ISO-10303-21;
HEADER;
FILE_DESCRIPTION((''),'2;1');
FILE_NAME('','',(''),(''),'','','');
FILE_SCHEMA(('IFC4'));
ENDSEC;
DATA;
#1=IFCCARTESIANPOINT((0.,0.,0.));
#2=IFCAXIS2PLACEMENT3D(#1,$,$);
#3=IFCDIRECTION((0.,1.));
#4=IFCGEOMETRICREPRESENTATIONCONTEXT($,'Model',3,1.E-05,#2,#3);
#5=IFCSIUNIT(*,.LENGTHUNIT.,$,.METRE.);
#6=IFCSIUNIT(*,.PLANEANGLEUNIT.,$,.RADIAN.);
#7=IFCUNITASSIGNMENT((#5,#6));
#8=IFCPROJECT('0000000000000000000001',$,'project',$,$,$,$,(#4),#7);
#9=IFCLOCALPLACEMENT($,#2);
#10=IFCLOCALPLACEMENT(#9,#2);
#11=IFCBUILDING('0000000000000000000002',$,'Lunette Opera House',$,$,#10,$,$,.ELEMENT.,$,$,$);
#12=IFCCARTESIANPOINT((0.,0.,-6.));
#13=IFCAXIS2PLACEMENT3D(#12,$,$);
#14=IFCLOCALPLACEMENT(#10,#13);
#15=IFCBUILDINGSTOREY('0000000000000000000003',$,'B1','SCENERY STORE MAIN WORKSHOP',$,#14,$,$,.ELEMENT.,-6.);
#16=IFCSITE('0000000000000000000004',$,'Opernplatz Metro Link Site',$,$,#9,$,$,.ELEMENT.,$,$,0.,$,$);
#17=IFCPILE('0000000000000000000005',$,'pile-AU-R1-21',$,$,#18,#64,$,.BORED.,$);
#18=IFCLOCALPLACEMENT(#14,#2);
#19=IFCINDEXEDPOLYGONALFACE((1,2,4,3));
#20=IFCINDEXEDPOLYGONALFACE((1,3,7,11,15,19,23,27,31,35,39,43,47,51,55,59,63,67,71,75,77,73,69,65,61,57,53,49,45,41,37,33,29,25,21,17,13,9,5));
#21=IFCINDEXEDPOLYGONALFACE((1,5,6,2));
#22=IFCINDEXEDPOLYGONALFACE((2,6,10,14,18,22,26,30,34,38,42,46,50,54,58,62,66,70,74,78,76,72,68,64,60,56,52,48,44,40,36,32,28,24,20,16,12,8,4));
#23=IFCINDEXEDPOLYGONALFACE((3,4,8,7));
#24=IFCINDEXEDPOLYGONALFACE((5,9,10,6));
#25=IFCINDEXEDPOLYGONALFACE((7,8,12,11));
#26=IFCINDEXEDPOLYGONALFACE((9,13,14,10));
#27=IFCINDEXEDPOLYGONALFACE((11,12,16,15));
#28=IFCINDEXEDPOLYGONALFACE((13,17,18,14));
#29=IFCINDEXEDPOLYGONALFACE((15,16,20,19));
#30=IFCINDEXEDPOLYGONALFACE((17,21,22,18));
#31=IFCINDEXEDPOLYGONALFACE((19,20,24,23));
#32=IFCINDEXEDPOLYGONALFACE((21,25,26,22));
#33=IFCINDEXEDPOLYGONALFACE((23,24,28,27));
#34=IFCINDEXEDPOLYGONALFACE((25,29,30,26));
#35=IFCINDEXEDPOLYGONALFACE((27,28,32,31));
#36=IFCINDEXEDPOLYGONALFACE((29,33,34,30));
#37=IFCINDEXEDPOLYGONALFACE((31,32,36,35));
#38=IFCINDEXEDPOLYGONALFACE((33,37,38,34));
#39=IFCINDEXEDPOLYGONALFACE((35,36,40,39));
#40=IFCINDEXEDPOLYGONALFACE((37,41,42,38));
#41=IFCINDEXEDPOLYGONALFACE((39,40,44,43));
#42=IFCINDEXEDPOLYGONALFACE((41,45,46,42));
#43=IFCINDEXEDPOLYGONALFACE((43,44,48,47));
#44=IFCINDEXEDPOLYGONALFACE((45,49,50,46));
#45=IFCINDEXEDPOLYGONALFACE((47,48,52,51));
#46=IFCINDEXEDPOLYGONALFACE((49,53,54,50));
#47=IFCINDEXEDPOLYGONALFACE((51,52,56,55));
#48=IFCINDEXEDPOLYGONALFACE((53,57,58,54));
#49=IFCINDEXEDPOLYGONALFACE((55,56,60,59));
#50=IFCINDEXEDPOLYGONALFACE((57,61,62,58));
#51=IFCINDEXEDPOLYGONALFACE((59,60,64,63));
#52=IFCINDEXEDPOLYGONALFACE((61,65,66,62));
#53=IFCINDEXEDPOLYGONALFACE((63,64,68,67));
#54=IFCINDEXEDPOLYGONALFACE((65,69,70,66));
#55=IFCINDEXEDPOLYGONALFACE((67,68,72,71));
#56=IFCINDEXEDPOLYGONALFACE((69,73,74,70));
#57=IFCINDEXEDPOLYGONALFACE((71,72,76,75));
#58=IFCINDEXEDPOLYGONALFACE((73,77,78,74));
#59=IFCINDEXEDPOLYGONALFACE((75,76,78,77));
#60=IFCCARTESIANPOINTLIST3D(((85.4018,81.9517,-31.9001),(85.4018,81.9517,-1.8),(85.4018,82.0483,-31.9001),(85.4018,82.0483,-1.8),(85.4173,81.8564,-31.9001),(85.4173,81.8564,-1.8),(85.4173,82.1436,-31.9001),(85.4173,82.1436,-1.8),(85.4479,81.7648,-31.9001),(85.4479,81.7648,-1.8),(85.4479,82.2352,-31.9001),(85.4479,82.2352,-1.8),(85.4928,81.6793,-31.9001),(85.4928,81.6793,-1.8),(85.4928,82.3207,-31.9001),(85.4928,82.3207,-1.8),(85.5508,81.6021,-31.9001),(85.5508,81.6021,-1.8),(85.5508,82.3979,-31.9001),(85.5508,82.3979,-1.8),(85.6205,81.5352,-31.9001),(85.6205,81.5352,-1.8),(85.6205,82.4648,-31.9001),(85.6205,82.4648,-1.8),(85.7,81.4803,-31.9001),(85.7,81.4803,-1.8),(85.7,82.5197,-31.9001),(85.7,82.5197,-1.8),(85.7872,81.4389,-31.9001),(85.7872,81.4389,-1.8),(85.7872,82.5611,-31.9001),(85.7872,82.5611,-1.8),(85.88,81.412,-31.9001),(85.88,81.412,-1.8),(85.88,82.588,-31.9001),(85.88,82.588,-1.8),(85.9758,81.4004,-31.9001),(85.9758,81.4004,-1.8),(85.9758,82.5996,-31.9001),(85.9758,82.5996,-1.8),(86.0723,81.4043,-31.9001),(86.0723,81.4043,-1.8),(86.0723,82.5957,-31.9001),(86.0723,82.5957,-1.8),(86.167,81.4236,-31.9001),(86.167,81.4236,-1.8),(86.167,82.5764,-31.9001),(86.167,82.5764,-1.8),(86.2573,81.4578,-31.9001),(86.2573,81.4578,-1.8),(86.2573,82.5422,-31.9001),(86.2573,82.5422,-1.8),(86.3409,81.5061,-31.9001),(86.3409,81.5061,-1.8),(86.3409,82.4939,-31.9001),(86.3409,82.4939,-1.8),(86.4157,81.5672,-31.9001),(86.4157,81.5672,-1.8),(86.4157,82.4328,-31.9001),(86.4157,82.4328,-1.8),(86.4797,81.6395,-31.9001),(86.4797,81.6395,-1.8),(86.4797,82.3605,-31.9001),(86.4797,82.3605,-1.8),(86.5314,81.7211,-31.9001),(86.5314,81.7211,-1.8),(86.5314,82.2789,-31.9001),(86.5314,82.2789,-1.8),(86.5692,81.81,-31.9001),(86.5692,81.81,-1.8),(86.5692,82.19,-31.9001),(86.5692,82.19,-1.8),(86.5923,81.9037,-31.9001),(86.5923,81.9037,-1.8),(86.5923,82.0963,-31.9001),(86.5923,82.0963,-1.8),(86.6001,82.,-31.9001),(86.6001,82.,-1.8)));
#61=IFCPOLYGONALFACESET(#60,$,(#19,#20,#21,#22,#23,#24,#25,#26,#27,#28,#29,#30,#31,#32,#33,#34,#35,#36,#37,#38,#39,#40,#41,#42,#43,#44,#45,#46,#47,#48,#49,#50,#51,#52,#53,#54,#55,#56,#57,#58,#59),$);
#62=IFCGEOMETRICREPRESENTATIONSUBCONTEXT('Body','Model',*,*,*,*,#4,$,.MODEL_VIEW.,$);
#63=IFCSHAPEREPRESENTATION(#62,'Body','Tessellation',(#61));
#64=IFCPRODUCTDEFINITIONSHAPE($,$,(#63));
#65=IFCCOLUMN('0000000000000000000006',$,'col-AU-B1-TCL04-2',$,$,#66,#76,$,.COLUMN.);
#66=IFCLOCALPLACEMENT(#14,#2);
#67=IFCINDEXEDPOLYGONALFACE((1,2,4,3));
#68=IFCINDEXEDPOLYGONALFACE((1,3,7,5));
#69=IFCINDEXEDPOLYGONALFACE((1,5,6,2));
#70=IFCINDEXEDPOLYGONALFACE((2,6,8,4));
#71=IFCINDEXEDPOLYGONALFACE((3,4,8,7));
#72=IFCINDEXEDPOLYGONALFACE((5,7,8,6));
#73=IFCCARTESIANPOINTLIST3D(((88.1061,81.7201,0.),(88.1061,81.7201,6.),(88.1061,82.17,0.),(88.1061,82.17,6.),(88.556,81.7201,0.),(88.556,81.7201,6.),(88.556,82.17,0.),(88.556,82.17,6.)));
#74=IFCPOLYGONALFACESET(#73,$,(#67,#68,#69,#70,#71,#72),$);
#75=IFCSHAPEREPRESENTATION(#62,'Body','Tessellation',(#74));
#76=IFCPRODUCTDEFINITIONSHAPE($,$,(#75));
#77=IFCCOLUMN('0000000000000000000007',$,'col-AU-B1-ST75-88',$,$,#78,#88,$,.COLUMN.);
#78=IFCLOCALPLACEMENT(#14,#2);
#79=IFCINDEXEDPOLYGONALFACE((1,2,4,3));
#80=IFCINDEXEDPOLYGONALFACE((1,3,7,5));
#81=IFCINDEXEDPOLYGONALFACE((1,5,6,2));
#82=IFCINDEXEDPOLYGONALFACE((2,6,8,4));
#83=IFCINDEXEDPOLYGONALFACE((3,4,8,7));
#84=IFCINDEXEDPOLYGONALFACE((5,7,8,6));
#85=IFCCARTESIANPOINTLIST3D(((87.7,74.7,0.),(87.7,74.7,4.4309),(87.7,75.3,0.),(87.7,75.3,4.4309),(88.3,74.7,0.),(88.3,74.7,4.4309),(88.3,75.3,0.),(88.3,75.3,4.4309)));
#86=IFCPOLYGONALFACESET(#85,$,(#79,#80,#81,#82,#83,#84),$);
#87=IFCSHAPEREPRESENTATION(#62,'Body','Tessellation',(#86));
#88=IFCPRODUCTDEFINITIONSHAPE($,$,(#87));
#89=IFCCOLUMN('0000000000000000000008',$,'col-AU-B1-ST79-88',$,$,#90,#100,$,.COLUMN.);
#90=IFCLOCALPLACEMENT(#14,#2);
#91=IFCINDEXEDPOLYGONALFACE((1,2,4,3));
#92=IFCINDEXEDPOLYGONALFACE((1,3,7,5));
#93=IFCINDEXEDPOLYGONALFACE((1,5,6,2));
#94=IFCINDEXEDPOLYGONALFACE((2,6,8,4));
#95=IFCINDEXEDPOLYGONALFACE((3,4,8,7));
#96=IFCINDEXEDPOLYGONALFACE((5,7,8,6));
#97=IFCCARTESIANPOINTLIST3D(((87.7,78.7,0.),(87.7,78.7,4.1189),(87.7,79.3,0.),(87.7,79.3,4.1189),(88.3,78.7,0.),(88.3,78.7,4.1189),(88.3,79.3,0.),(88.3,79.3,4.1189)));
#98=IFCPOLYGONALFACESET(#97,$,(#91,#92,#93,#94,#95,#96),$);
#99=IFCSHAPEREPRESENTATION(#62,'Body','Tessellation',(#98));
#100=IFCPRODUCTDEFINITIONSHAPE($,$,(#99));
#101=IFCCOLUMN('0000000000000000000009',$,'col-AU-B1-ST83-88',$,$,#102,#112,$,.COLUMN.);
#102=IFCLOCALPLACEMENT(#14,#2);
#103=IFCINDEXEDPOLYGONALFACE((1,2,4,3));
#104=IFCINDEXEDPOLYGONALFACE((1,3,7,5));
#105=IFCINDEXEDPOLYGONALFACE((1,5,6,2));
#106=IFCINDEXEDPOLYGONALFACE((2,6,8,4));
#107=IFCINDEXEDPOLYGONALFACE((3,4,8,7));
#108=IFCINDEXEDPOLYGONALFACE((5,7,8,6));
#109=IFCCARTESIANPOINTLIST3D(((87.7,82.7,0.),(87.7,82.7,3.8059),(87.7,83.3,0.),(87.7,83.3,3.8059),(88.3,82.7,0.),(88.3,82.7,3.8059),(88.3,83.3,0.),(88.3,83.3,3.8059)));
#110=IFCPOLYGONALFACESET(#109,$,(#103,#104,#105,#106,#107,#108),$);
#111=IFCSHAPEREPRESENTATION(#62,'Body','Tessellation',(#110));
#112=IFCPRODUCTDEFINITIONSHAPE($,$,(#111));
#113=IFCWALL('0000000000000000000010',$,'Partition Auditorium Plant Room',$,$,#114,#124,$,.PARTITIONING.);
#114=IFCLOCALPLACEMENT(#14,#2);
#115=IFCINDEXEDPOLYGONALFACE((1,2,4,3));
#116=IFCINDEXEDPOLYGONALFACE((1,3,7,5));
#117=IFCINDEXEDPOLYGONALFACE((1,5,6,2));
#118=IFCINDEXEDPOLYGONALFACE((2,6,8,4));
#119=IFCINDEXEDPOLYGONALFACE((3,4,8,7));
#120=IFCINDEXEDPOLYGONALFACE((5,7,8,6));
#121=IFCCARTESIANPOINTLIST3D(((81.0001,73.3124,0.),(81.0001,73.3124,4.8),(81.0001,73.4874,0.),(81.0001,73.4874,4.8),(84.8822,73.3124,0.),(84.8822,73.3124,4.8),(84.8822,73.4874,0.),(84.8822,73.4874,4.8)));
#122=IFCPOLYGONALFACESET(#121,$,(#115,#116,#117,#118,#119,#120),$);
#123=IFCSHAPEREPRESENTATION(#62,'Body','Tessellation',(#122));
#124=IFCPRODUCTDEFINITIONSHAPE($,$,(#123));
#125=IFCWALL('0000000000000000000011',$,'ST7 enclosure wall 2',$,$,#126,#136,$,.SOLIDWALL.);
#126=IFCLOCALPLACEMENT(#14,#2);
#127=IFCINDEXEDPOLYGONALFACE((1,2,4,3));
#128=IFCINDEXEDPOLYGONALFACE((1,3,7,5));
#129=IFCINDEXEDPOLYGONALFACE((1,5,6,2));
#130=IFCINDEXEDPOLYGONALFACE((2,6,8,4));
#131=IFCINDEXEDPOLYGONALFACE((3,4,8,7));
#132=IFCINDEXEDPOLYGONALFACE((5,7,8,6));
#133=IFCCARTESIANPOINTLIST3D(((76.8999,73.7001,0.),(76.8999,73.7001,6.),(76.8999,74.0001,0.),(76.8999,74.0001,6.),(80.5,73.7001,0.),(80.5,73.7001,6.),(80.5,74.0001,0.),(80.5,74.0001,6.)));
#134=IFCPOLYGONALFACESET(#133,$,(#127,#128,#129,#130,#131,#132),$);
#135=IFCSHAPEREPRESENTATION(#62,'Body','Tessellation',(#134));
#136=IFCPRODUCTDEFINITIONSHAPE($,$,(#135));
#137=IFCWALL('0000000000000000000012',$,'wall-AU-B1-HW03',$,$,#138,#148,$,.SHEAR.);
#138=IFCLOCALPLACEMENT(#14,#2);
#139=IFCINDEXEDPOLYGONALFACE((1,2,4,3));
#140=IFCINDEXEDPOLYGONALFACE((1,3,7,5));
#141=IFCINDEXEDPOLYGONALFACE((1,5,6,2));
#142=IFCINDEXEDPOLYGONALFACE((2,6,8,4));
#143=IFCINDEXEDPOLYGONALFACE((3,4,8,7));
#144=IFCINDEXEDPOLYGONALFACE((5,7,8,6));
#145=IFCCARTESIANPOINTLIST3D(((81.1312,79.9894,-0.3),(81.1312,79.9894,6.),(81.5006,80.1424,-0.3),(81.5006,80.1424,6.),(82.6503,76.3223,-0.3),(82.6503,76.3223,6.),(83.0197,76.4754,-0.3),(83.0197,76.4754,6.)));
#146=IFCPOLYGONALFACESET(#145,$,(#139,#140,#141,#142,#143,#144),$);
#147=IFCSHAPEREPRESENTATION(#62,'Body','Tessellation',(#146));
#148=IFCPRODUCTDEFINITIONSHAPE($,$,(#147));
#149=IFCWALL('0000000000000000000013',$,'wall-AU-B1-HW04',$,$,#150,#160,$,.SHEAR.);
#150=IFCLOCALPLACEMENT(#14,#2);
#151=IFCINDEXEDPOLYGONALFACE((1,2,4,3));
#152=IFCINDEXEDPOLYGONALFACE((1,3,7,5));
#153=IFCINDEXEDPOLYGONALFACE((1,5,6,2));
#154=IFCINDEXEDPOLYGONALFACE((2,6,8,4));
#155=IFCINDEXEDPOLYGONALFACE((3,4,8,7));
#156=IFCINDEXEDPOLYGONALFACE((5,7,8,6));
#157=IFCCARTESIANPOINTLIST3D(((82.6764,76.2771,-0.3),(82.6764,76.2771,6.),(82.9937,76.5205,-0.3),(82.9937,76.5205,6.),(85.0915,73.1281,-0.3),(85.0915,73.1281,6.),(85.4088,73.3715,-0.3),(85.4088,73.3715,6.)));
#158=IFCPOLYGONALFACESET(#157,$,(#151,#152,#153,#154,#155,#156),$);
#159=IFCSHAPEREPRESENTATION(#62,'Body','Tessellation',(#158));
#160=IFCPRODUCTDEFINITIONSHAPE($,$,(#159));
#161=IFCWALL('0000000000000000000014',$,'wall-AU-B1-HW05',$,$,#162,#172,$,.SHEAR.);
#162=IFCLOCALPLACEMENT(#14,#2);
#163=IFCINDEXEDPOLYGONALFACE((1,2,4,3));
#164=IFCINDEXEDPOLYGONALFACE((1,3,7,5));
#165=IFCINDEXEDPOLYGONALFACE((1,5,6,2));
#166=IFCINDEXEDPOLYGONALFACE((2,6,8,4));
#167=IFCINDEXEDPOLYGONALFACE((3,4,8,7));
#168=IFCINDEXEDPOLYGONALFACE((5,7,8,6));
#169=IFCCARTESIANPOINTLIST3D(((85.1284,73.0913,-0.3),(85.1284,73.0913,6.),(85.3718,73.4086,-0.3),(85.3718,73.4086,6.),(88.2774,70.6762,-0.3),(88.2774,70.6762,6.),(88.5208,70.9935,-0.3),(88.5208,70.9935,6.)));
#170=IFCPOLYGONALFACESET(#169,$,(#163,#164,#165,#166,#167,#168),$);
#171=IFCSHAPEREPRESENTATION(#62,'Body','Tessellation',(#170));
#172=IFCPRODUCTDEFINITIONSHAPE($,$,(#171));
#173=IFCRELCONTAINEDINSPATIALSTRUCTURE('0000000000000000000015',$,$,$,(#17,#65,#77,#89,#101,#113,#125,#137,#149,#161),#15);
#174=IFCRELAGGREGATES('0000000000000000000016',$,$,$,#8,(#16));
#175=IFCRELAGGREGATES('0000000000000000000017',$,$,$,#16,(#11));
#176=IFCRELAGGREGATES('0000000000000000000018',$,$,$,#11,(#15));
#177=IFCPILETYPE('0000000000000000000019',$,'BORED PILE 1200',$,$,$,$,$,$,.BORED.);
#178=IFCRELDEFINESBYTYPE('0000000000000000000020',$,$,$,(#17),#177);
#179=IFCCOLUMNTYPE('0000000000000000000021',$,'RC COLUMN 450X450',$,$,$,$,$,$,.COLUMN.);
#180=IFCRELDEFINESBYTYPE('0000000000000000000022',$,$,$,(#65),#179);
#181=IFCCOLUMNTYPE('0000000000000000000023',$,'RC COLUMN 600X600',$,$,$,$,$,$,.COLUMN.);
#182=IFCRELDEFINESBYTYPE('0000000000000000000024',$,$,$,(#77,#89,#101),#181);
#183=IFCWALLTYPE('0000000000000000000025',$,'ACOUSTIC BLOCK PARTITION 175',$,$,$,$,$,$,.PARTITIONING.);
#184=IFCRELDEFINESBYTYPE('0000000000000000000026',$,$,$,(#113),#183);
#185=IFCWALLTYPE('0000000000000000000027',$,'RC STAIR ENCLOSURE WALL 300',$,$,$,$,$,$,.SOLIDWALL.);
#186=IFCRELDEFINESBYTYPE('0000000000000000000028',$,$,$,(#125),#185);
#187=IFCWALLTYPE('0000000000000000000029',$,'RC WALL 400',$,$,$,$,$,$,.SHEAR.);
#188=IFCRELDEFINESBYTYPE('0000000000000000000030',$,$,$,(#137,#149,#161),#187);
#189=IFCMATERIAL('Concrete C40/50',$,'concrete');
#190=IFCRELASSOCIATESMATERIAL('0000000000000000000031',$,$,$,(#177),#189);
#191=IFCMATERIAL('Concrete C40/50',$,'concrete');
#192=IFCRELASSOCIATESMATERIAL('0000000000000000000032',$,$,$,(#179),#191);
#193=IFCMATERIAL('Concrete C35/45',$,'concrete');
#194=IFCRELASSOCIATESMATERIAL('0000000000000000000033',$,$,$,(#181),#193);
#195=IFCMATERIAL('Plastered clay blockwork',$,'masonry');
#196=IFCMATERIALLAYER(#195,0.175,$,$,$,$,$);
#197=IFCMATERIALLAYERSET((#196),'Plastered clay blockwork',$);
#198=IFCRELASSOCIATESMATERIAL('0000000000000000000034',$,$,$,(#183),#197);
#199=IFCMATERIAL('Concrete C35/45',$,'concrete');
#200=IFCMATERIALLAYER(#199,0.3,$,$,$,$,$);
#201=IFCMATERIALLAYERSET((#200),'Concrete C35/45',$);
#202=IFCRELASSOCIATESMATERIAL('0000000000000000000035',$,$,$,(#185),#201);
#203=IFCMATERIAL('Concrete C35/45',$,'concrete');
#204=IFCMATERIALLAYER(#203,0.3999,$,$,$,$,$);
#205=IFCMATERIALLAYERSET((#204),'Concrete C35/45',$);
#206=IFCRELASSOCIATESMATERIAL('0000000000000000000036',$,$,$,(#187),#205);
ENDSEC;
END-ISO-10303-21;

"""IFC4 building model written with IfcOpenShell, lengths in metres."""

from ifc_helpers import new_model, si_unit, direction, frame, frame_2d, origin, origin_2d, place, context, subcontext, project, spatial, rectangle, circle, extrude, material, layer, layer_set, material_profile, profile_set, type_object, element, save


model = new_model("IFC4")

# Units and contexts
model_context = context("Model", 3, precision=1e-05, world=origin(), true_north=direction((0.0, 1.0)))
body_context = subcontext(model_context, "Body", "Model", "MODEL_VIEW")
ifc_project = project(units=[si_unit("LENGTHUNIT", "METRE"), si_unit("PLANEANGLEUNIT", "RADIAN")], contexts=[model_context])

# Site, building, storey
site_placement = place(None, origin())
site = spatial("IfcSite", under=ifc_project, at=site_placement, Name="Opernplatz Metro Link Site", CompositionType="ELEMENT", RefElevation=0.0)
building_placement = place(site_placement, origin())
building = spatial("IfcBuilding", under=site, at=building_placement, Name="Lunette Opera House", CompositionType="ELEMENT")
storey_placement = place(building_placement, frame((0.0, 0.0, -6.0)))
storey = spatial("IfcBuildingStorey", under=building, at=storey_placement, Name="B1", Description="SCENERY STORE MAIN WORKSHOP", CompositionType="ELEMENT", Elevation=-6.0)

# Pile
ifc_material_1 = material(Name="Concrete C40/50", Category="concrete")
ifc_material_profile_1 = material_profile(ifc_material_1, circle(Radius=0.6001, at=origin_2d()), Name="BORED PILE 1200")
ifc_profile_set_1 = profile_set([ifc_material_profile_1], Name="Concrete C40/50")
pile_type = type_object("IfcPileType", Name="BORED PILE 1200", PredefinedType="BORED", material=ifc_profile_set_1)
for number, where, z_axis, x_axis, name in (
    (1, (86.0, 82.0, -1.8), (0.0, 0.0, -1.0), (1.0, 0.0, 0.0), "pile-AU-R1-21"),
):
    element("IfcPile", number, at=place(storey_placement, frame(where, z_axis=z_axis, x_axis=x_axis)), inside=storey, type_object=pile_type, Name=name, PredefinedType="BORED", context=body_context, shape_type="SweptSolid", body=[
        extrude(circle(Radius=0.6001, at=origin_2d()), origin(), (0.0, 0.0, 1.0), 30.1001),
    ])

# Columns
ifc_material_2 = material(Name="Concrete C40/50", Category="concrete")
ifc_material_profile_2 = material_profile(ifc_material_2, rectangle(XDim=0.45, YDim=0.45, at=origin_2d()), Name="RC COLUMN 450X450")
ifc_profile_set_2 = profile_set([ifc_material_profile_2], Name="Concrete C40/50")
column_type_1 = type_object("IfcColumnType", Name="RC COLUMN 450X450", PredefinedType="COLUMN", material=ifc_profile_set_2)
column_1_placement = place(storey_placement, frame((88.3311, 81.9451, 0.0), z_axis=(0.0, 0.0, 1.0), x_axis=(1.0, 0.0, 0.0)))
element("IfcColumn", 2, at=column_1_placement, inside=storey, type_object=column_type_1, Name="col-AU-B1-TCL04-2", PredefinedType="COLUMN", context=body_context, shape_type="SweptSolid", body=[
    extrude(rectangle(XDim=0.45, YDim=0.45, at=origin_2d()), origin(), (0.0, 0.0, 1.0), 6.0),
])
ifc_material_3 = material(Name="Concrete C35/45", Category="concrete")
ifc_material_profile_3 = material_profile(ifc_material_3, rectangle(XDim=0.6001, YDim=0.6001, at=origin_2d()), Name="RC COLUMN 600X600")
ifc_profile_set_3 = profile_set([ifc_material_profile_3], Name="Concrete C35/45")
column_type_2 = type_object("IfcColumnType", Name="RC COLUMN 600X600", PredefinedType="COLUMN", material=ifc_profile_set_3)
column_2_placement = place(storey_placement, frame((88.0, 75.0, 0.0), z_axis=(0.0, 0.0, 1.0), x_axis=(1.0, 0.0, 0.0)))
element("IfcColumn", 3, at=column_2_placement, inside=storey, type_object=column_type_2, Name="col-AU-B1-ST75-88", PredefinedType="COLUMN", context=body_context, shape_type="SweptSolid", body=[
    extrude(rectangle(XDim=0.6001, YDim=0.6001, at=origin_2d()), origin(), (0.0, 0.0, 1.0), 4.4309),
])
column_3_placement = place(storey_placement, frame((88.0, 79.0, 0.0), z_axis=(0.0, 0.0, 1.0), x_axis=(1.0, 0.0, 0.0)))
element("IfcColumn", 4, at=column_3_placement, inside=storey, type_object=column_type_2, Name="col-AU-B1-ST79-88", PredefinedType="COLUMN", context=body_context, shape_type="SweptSolid", body=[
    extrude(rectangle(XDim=0.6001, YDim=0.6001, at=origin_2d()), origin(), (0.0, 0.0, 1.0), 4.1189),
])
column_4_placement = place(storey_placement, frame((88.0, 83.0, 0.0), z_axis=(0.0, 0.0, 1.0), x_axis=(1.0, 0.0, 0.0)))
element("IfcColumn", 5, at=column_4_placement, inside=storey, type_object=column_type_2, Name="col-AU-B1-ST83-88", PredefinedType="COLUMN", context=body_context, shape_type="SweptSolid", body=[
    extrude(rectangle(XDim=0.6001, YDim=0.6001, at=origin_2d()), origin(), (0.0, 0.0, 1.0), 3.8059),
])

# Walls
ifc_material_4 = material(Name="Plastered clay blockwork", Category="masonry")
ifc_layer_1 = layer(ifc_material_4, 0.175)
ifc_layer_set_1 = layer_set([ifc_layer_1], Name="Plastered clay blockwork")
wall_type_1 = type_object("IfcWallType", Name="ACOUSTIC BLOCK PARTITION 175", PredefinedType="PARTITIONING", material=ifc_layer_set_1)
wall_1_placement = place(storey_placement, frame((84.8821, 73.3999, 0.0), z_axis=(0.0, 0.0, 1.0), x_axis=(-1.0, 0.0, 0.0)))
element("IfcWall", 6, at=wall_1_placement, inside=storey, type_object=wall_type_1, Name="Partition Auditorium Plant Room", PredefinedType="PARTITIONING", context=body_context, shape_type="SweptSolid", body=[
    extrude(rectangle(XDim=3.8821, YDim=0.175, at=frame_2d((1.9409, 0.0))), origin(), (0.0, 0.0, 1.0), 4.8),
])
ifc_material_5 = material(Name="Concrete C35/45", Category="concrete")
ifc_layer_2 = layer(ifc_material_5, 0.3)
ifc_layer_set_2 = layer_set([ifc_layer_2], Name="Concrete C35/45")
wall_type_2 = type_object("IfcWallType", Name="RC STAIR ENCLOSURE WALL 300", PredefinedType="SOLIDWALL", material=ifc_layer_set_2)
wall_2_placement = place(storey_placement, frame((80.5, 73.8501, 0.0), z_axis=(0.0, 0.0, 1.0), x_axis=(-1.0, 0.0, 0.0)))
element("IfcWall", 7, at=wall_2_placement, inside=storey, type_object=wall_type_2, Name="ST7 enclosure wall 2", PredefinedType="SOLIDWALL", context=body_context, shape_type="SweptSolid", body=[
    extrude(rectangle(XDim=3.6001, YDim=0.3, at=frame_2d((1.8, 0.0))), origin(), (0.0, 0.0, 1.0), 6.0),
])
ifc_material_6 = material(Name="Concrete C35/45", Category="concrete")
ifc_layer_3 = layer(ifc_material_6, 0.3999)
ifc_layer_set_3 = layer_set([ifc_layer_3], Name="Concrete C35/45")
wall_type_3 = type_object("IfcWallType", Name="RC WALL 400", PredefinedType="SHEAR", material=ifc_layer_set_3)
wall_3_placement = place(storey_placement, frame((81.3159, 80.0659, -0.3), z_axis=(0.0, 0.0, 1.0), x_axis=(0.38271, -0.923868, 0.0)))
element("IfcWall", 8, at=wall_3_placement, inside=storey, type_object=wall_type_3, Name="wall-AU-B1-HW03", PredefinedType="SHEAR", context=body_context, shape_type="SweptSolid", body=[
    extrude(rectangle(XDim=3.9692, YDim=0.3999, at=frame_2d((1.9846, 0.0))), origin(), (0.0, 0.0, 1.0), 6.3),
])
for number, where, z_axis, x_axis, name in (
    (9, (82.835, 76.3989, -0.3), (0.0, 0.0, 1.0), (0.608568, -0.793501, 0.0), "wall-AU-B1-HW04"),
    (10, (85.25, 73.25, -0.3), (0.0, 0.0, 1.0), (0.793501, -0.608568, 0.0), "wall-AU-B1-HW05"),
):
    element("IfcWall", number, at=place(storey_placement, frame(where, z_axis=z_axis, x_axis=x_axis)), inside=storey, type_object=wall_type_3, Name=name, PredefinedType="SHEAR", context=body_context, shape_type="SweptSolid", body=[
        extrude(rectangle(XDim=3.9685, YDim=0.3999, at=frame_2d((1.9844, 0.0))), origin(), (0.0, 0.0, 1.0), 6.3),
    ])

save(model, "model.ifc")
